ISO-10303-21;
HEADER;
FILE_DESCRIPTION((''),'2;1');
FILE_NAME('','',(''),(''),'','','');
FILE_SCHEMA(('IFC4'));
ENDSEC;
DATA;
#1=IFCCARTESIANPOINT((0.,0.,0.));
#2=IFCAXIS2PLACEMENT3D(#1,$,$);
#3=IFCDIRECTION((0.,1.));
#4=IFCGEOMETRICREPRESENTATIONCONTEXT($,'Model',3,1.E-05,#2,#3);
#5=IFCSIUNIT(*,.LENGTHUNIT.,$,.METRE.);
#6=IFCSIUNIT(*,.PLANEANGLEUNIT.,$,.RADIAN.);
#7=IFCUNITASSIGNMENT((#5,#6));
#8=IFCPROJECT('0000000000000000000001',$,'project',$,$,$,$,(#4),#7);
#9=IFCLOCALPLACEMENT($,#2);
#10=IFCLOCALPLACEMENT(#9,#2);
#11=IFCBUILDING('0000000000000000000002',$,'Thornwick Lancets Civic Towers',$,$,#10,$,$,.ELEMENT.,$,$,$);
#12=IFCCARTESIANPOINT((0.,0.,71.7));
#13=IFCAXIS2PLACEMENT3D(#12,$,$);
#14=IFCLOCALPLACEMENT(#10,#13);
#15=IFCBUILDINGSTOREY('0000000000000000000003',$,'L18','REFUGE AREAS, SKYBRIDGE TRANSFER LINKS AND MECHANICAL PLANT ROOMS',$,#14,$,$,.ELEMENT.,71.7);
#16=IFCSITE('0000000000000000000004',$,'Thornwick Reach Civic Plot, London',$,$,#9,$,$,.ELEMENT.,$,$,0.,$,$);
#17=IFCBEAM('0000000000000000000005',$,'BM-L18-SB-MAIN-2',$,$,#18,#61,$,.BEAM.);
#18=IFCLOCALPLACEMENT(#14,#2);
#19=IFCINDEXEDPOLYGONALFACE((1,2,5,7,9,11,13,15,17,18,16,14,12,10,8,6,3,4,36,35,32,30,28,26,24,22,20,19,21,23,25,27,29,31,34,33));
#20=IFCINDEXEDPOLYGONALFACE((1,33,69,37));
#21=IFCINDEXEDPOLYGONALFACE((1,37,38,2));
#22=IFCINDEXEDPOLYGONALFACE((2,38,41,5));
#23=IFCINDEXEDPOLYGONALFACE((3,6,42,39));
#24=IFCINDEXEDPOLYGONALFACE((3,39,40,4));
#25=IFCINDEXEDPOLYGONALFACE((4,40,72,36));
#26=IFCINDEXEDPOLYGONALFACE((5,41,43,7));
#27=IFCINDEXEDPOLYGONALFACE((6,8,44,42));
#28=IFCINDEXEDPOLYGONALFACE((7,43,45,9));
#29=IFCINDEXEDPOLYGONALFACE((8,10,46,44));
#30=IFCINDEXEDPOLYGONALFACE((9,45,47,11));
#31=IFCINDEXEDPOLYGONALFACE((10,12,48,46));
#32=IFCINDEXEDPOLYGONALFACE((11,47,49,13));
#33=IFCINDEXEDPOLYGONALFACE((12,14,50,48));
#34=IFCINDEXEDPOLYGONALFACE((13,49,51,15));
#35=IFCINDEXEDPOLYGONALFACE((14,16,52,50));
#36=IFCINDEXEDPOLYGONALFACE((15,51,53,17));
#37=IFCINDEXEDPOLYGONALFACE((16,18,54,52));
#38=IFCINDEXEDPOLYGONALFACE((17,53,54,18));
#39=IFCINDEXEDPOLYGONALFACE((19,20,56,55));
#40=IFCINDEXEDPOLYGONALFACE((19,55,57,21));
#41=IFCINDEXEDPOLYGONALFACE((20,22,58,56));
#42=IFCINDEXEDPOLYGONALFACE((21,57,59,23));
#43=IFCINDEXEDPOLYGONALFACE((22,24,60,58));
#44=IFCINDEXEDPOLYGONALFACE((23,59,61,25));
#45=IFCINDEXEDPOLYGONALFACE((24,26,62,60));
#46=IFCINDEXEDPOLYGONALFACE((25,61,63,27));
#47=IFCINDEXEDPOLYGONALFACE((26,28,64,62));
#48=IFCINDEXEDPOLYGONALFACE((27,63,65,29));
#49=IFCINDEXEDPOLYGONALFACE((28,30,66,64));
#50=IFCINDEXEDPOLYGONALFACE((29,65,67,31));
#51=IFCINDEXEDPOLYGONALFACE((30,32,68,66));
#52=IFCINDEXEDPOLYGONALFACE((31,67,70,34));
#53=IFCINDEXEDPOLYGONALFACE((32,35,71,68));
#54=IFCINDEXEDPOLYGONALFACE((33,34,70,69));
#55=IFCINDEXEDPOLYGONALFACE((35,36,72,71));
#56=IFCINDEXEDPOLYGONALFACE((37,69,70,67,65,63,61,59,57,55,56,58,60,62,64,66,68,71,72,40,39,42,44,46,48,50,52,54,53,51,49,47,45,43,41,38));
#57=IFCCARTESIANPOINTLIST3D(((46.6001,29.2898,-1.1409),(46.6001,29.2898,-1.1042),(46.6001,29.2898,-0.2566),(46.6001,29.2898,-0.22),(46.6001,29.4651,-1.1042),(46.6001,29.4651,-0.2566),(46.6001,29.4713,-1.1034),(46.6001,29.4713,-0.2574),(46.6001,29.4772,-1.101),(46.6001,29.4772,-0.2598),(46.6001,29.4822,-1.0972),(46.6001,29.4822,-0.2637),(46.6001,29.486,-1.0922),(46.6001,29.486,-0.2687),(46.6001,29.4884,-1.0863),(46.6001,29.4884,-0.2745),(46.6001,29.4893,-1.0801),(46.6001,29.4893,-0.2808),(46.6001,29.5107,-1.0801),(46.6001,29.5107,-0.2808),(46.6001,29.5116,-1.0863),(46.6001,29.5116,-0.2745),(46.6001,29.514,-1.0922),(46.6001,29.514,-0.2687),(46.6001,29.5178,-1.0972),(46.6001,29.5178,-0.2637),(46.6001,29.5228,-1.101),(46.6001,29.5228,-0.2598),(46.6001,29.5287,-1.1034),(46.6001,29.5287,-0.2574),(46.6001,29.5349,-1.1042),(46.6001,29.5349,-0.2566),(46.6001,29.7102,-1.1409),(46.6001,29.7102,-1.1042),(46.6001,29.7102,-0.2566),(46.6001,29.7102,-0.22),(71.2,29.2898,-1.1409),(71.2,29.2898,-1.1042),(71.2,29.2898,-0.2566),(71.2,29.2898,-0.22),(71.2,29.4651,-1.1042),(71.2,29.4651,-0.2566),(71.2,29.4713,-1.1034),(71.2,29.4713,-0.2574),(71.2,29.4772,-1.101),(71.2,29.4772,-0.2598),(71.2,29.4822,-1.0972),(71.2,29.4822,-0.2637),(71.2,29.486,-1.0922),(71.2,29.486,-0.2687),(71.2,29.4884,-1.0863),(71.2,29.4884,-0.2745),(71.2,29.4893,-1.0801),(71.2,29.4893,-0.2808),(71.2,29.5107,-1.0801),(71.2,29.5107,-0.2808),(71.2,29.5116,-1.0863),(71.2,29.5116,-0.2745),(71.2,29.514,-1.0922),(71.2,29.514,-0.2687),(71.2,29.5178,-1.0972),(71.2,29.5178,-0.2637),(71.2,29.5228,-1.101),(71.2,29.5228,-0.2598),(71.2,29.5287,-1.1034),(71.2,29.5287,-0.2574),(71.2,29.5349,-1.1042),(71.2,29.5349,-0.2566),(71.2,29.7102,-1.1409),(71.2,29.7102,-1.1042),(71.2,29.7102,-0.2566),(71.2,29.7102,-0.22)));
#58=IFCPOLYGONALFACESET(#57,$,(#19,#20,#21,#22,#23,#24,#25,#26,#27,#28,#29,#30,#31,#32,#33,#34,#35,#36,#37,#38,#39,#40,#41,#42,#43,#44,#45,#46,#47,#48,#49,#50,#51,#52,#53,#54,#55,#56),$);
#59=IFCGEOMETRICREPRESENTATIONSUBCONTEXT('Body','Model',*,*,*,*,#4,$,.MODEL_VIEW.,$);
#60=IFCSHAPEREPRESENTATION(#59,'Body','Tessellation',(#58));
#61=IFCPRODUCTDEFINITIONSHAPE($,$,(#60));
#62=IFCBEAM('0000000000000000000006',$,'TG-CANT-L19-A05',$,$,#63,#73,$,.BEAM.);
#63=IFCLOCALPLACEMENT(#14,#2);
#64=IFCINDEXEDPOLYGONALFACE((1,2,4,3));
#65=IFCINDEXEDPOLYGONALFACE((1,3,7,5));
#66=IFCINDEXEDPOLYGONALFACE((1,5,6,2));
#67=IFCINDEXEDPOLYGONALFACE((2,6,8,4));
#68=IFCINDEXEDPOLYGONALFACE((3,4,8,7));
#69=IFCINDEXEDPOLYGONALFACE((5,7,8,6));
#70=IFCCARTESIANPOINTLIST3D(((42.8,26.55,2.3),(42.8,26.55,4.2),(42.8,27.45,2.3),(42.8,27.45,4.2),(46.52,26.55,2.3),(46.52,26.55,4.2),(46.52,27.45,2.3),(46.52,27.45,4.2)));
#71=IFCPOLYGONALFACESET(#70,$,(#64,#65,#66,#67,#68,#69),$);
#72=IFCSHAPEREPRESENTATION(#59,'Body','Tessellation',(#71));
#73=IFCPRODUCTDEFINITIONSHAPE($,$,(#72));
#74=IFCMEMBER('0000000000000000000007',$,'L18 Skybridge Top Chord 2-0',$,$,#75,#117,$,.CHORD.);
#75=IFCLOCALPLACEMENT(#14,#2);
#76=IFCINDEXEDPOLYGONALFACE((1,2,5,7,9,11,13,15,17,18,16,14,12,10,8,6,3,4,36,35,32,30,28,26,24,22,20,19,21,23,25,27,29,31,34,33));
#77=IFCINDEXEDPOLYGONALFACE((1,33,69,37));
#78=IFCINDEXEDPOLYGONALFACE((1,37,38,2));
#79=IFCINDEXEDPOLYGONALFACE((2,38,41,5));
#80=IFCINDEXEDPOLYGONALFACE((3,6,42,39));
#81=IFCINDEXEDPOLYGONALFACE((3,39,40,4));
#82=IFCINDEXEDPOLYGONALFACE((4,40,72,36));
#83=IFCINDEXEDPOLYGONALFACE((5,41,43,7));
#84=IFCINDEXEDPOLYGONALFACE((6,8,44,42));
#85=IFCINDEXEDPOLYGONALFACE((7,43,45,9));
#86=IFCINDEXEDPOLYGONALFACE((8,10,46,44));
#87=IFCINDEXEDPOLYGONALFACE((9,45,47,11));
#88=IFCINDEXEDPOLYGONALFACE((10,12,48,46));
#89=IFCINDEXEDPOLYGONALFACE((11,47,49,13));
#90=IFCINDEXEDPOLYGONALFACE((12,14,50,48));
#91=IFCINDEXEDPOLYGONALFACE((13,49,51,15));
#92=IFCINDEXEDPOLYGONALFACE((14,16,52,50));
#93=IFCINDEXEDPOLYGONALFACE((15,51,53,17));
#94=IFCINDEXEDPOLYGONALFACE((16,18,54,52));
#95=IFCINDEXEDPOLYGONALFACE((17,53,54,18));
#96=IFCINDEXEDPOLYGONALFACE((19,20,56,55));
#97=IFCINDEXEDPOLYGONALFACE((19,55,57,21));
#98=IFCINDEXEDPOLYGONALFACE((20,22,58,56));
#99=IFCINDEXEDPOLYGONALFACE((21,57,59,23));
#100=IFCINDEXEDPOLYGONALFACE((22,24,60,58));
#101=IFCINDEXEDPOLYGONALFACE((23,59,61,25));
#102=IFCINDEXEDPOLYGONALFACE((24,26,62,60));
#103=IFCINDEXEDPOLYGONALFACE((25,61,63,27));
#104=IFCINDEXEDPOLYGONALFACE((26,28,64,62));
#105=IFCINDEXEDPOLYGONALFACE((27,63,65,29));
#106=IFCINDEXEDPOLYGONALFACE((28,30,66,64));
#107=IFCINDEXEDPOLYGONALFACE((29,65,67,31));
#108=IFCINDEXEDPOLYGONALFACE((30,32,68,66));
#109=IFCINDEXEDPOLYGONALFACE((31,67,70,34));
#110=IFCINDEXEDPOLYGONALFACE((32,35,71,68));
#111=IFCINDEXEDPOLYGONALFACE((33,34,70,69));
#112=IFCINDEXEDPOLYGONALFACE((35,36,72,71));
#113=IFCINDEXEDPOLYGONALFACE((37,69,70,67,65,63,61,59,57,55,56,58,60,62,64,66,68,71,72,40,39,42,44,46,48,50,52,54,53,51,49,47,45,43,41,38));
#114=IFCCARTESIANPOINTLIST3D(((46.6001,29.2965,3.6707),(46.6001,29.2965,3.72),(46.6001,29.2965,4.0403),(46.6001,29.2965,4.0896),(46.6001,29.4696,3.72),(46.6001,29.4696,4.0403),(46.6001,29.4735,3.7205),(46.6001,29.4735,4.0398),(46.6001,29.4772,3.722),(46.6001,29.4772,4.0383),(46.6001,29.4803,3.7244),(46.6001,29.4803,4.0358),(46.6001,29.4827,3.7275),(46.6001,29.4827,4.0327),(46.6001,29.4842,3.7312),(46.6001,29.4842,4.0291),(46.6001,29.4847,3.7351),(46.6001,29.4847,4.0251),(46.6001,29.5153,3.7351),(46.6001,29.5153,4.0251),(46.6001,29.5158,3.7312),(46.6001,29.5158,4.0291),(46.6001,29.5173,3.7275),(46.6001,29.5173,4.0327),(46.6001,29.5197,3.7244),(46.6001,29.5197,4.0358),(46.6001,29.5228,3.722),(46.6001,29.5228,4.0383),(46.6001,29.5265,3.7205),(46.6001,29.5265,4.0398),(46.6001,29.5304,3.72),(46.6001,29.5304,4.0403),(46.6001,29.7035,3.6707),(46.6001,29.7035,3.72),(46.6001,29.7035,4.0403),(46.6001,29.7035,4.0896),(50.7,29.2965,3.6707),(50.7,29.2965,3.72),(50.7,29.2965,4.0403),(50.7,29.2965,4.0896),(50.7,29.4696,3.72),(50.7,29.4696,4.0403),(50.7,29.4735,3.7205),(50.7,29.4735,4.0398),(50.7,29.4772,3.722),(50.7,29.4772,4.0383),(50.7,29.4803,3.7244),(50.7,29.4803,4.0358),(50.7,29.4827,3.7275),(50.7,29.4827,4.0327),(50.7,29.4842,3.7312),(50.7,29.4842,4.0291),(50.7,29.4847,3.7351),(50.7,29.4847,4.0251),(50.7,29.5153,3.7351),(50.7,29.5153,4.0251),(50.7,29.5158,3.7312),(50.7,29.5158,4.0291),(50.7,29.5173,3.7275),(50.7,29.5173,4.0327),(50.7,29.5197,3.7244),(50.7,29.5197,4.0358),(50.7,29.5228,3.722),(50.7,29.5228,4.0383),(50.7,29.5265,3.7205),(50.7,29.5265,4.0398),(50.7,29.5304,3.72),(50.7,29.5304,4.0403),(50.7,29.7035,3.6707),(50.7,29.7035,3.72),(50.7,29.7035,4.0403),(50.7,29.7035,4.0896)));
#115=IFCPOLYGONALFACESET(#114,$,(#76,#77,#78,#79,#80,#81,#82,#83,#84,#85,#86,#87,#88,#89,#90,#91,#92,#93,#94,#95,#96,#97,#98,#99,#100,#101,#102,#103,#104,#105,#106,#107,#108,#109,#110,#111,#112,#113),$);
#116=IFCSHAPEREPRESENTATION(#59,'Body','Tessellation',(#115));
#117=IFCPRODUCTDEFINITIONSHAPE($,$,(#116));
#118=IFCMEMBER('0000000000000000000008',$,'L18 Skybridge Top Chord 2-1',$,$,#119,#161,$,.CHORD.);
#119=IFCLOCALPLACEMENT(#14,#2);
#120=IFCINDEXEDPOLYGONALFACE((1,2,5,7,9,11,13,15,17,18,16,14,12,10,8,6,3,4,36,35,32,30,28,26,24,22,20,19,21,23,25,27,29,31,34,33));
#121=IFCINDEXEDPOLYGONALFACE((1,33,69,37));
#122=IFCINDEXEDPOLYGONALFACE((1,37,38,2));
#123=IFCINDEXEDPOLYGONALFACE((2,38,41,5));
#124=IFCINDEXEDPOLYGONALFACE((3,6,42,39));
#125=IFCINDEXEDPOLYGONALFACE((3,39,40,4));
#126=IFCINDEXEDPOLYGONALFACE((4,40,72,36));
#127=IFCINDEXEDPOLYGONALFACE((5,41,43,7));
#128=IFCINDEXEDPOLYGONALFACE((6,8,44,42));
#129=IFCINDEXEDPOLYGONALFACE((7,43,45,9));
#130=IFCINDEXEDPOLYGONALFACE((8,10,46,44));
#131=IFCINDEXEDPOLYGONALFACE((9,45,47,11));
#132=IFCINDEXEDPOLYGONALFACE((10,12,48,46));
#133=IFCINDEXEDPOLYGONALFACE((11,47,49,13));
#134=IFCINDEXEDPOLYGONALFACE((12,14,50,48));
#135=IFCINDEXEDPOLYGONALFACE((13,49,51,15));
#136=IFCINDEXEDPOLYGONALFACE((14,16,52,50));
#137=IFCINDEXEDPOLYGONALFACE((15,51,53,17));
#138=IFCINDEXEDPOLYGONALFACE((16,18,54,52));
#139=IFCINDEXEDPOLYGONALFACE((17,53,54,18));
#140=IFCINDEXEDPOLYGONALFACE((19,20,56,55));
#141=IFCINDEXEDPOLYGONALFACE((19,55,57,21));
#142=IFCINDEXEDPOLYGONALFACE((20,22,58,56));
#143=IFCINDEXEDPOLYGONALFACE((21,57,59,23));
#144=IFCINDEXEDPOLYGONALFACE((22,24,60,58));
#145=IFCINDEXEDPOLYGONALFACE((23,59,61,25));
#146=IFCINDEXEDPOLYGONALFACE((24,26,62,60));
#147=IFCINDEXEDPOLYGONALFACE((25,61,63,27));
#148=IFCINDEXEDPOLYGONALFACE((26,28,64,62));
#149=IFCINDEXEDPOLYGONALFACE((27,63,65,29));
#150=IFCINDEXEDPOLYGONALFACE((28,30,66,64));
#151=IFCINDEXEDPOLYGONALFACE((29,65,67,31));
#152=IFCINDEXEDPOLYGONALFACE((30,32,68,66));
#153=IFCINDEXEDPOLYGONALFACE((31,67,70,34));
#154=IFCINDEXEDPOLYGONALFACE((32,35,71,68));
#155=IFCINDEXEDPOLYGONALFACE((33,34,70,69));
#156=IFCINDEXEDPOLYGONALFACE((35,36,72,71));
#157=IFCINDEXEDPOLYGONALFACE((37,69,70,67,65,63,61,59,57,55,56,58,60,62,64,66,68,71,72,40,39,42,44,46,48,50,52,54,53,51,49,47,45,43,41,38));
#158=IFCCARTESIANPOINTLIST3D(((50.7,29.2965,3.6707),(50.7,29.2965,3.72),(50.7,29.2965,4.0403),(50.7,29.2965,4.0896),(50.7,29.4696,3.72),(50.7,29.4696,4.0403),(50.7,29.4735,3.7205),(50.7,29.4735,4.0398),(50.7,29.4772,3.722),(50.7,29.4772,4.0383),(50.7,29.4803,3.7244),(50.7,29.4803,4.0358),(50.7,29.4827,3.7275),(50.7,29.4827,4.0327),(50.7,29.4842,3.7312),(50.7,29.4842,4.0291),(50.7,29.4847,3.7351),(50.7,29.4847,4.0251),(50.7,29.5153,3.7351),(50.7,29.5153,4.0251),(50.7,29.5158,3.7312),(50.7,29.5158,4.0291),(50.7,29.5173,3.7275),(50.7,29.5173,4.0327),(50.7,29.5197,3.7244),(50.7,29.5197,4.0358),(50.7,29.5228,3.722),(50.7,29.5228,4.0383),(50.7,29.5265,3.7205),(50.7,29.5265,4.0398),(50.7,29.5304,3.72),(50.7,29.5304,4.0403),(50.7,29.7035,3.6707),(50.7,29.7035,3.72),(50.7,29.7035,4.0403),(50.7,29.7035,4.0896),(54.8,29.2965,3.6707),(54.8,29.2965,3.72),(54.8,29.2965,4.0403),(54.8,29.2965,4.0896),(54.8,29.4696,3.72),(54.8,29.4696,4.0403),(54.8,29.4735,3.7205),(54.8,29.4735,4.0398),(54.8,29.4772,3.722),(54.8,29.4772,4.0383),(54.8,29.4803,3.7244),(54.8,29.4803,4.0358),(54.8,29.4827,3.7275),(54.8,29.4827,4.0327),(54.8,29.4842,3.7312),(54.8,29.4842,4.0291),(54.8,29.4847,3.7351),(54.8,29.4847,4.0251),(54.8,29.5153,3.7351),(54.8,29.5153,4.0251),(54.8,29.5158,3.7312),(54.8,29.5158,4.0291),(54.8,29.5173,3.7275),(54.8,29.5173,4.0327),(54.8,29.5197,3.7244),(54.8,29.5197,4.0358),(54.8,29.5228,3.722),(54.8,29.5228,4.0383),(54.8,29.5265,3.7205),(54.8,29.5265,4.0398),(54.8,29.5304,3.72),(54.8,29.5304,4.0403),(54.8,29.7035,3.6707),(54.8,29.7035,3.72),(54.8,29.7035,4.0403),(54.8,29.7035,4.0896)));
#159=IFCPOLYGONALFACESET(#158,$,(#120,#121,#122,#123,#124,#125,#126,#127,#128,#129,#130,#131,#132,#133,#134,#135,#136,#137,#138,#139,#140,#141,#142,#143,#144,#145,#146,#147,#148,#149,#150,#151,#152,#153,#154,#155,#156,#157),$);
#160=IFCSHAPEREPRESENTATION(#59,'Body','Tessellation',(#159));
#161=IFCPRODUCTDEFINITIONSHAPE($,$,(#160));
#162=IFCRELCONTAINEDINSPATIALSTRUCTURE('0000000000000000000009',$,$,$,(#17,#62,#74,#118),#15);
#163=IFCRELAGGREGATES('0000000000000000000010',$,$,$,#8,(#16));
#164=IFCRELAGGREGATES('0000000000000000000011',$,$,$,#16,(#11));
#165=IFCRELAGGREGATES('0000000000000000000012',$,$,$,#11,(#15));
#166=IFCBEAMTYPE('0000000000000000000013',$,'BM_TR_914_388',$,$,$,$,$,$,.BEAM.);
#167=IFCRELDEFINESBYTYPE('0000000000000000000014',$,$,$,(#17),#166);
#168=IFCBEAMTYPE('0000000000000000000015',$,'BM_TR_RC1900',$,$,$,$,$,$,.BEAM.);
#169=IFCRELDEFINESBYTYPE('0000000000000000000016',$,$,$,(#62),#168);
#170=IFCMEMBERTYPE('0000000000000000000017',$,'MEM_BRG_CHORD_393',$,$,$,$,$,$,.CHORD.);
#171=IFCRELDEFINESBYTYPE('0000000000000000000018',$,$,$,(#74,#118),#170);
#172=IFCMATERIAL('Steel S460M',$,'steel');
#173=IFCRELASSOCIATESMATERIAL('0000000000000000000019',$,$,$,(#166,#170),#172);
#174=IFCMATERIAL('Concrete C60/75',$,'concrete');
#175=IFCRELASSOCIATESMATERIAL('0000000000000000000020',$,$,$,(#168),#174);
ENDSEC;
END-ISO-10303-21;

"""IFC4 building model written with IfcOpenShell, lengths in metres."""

from ifc_helpers import new_model, si_unit, direction, frame, origin, origin_2d, place, context, subcontext, project, spatial, rectangle, i_section, extrude, material, material_profile, profile_set, type_object, element, save


model = new_model("IFC4")

# Units and contexts
model_context = context("Model", 3, precision=1e-05, world=origin(), true_north=direction((0.0, 1.0)))
body_context = subcontext(model_context, "Body", "Model", "MODEL_VIEW")
ifc_project = project(units=[si_unit("LENGTHUNIT", "METRE"), si_unit("PLANEANGLEUNIT", "RADIAN")], contexts=[model_context])

# Site, building, storey
site_placement = place(None, origin())
site = spatial("IfcSite", under=ifc_project, at=site_placement, Name="Thornwick Reach Civic Plot, London", CompositionType="ELEMENT", RefElevation=0.0)
building_placement = place(site_placement, origin())
building = spatial("IfcBuilding", under=site, at=building_placement, Name="Thornwick Lancets Civic Towers", CompositionType="ELEMENT")
storey_placement = place(building_placement, frame((0.0, 0.0, 71.7)))
storey = spatial("IfcBuildingStorey", under=building, at=storey_placement, Name="L18", Description="REFUGE AREAS, SKYBRIDGE TRANSFER LINKS AND MECHANICAL PLANT ROOMS", CompositionType="ELEMENT", Elevation=71.7)

# Shared definitions
ifc_material_1 = material(Name="Steel S460M", Category="steel")

# Beams
ifc_material_profile_1 = material_profile(ifc_material_1, i_section(OverallWidth=0.4204, OverallDepth=0.9209, WebThickness=0.0215, FlangeThickness=0.0366, FilletRadius=0.0242, at=origin_2d()), Name="UKB 914x419x388")
ifc_profile_set_1 = profile_set([ifc_material_profile_1], Name="Steel S460M")
beam_type_1 = type_object("IfcBeamType", Name="BM_TR_914_388", PredefinedType="BEAM", material=ifc_profile_set_1)
beam_1_placement = place(storey_placement, frame((46.6001, 29.5, -0.6804), z_axis=(1.0, 0.0, 0.0), x_axis=(0.0, 1.0, 0.0)))
element("IfcBeam", 1, at=beam_1_placement, inside=storey, type_object=beam_type_1, Name="BM-L18-SB-MAIN-2", PredefinedType="BEAM", context=body_context, shape_type="SweptSolid", body=[
    extrude(i_section(OverallWidth=0.4204, OverallDepth=0.9209, WebThickness=0.0215, FlangeThickness=0.0366, FilletRadius=0.0242, at=origin_2d()), origin(), (0.0, 0.0, 1.0), 24.5999),
])
ifc_material_2 = material(Name="Concrete C60/75", Category="concrete")
ifc_material_profile_2 = material_profile(ifc_material_2, rectangle(XDim=0.8999, YDim=1.8999, at=origin_2d()), Name="RC 900x1900")
ifc_profile_set_2 = profile_set([ifc_material_profile_2], Name="Concrete C60/75")
beam_type_2 = type_object("IfcBeamType", Name="BM_TR_RC1900", PredefinedType="BEAM", material=ifc_profile_set_2)
beam_2_placement = place(storey_placement, frame((42.8, 27.0, 3.25), z_axis=(1.0, 0.0, 0.0), x_axis=(0.0, 1.0, 0.0)))
element("IfcBeam", 2, at=beam_2_placement, inside=storey, type_object=beam_type_2, Name="TG-CANT-L19-A05", PredefinedType="BEAM", context=body_context, shape_type="SweptSolid", body=[
    extrude(rectangle(XDim=0.8999, YDim=1.8999, at=origin_2d()), origin(), (0.0, 0.0, 1.0), 3.72),
])

# Members
ifc_material_profile_3 = material_profile(ifc_material_1, i_section(OverallWidth=0.407, OverallDepth=0.4189, WebThickness=0.0305, FlangeThickness=0.0493, FilletRadius=0.0151, at=origin_2d()), Name="UKC 356x406x393")
ifc_profile_set_3 = profile_set([ifc_material_profile_3], Name="Steel S460M")
member_type_1 = type_object("IfcMemberType", Name="MEM_BRG_CHORD_393", PredefinedType="CHORD", material=ifc_profile_set_3)
member_1_placement = place(storey_placement, frame((46.6001, 29.5, 3.8801), z_axis=(1.0, 0.0, 0.0), x_axis=(0.0, 1.0, 0.0)))
element("IfcMember", 3, at=member_1_placement, inside=storey, type_object=member_type_1, Name="L18 Skybridge Top Chord 2-0", PredefinedType="CHORD", context=body_context, shape_type="SweptSolid", body=[
    extrude(i_section(OverallWidth=0.407, OverallDepth=0.4189, WebThickness=0.0305, FlangeThickness=0.0493, FilletRadius=0.0151, at=origin_2d()), origin(), (0.0, 0.0, 1.0), 4.0999),
])
member_2_placement = place(storey_placement, frame((50.7, 29.5, 3.8801), z_axis=(1.0, 0.0, 0.0), x_axis=(0.0, 1.0, 0.0)))
element("IfcMember", 4, at=member_2_placement, inside=storey, type_object=member_type_1, Name="L18 Skybridge Top Chord 2-1", PredefinedType="CHORD", context=body_context, shape_type="SweptSolid", body=[
    extrude(i_section(OverallWidth=0.407, OverallDepth=0.4189, WebThickness=0.0305, FlangeThickness=0.0493, FilletRadius=0.0151, at=origin_2d()), origin(), (0.0, 0.0, 1.0), 4.1001),
])

save(model, "model.ifc")
